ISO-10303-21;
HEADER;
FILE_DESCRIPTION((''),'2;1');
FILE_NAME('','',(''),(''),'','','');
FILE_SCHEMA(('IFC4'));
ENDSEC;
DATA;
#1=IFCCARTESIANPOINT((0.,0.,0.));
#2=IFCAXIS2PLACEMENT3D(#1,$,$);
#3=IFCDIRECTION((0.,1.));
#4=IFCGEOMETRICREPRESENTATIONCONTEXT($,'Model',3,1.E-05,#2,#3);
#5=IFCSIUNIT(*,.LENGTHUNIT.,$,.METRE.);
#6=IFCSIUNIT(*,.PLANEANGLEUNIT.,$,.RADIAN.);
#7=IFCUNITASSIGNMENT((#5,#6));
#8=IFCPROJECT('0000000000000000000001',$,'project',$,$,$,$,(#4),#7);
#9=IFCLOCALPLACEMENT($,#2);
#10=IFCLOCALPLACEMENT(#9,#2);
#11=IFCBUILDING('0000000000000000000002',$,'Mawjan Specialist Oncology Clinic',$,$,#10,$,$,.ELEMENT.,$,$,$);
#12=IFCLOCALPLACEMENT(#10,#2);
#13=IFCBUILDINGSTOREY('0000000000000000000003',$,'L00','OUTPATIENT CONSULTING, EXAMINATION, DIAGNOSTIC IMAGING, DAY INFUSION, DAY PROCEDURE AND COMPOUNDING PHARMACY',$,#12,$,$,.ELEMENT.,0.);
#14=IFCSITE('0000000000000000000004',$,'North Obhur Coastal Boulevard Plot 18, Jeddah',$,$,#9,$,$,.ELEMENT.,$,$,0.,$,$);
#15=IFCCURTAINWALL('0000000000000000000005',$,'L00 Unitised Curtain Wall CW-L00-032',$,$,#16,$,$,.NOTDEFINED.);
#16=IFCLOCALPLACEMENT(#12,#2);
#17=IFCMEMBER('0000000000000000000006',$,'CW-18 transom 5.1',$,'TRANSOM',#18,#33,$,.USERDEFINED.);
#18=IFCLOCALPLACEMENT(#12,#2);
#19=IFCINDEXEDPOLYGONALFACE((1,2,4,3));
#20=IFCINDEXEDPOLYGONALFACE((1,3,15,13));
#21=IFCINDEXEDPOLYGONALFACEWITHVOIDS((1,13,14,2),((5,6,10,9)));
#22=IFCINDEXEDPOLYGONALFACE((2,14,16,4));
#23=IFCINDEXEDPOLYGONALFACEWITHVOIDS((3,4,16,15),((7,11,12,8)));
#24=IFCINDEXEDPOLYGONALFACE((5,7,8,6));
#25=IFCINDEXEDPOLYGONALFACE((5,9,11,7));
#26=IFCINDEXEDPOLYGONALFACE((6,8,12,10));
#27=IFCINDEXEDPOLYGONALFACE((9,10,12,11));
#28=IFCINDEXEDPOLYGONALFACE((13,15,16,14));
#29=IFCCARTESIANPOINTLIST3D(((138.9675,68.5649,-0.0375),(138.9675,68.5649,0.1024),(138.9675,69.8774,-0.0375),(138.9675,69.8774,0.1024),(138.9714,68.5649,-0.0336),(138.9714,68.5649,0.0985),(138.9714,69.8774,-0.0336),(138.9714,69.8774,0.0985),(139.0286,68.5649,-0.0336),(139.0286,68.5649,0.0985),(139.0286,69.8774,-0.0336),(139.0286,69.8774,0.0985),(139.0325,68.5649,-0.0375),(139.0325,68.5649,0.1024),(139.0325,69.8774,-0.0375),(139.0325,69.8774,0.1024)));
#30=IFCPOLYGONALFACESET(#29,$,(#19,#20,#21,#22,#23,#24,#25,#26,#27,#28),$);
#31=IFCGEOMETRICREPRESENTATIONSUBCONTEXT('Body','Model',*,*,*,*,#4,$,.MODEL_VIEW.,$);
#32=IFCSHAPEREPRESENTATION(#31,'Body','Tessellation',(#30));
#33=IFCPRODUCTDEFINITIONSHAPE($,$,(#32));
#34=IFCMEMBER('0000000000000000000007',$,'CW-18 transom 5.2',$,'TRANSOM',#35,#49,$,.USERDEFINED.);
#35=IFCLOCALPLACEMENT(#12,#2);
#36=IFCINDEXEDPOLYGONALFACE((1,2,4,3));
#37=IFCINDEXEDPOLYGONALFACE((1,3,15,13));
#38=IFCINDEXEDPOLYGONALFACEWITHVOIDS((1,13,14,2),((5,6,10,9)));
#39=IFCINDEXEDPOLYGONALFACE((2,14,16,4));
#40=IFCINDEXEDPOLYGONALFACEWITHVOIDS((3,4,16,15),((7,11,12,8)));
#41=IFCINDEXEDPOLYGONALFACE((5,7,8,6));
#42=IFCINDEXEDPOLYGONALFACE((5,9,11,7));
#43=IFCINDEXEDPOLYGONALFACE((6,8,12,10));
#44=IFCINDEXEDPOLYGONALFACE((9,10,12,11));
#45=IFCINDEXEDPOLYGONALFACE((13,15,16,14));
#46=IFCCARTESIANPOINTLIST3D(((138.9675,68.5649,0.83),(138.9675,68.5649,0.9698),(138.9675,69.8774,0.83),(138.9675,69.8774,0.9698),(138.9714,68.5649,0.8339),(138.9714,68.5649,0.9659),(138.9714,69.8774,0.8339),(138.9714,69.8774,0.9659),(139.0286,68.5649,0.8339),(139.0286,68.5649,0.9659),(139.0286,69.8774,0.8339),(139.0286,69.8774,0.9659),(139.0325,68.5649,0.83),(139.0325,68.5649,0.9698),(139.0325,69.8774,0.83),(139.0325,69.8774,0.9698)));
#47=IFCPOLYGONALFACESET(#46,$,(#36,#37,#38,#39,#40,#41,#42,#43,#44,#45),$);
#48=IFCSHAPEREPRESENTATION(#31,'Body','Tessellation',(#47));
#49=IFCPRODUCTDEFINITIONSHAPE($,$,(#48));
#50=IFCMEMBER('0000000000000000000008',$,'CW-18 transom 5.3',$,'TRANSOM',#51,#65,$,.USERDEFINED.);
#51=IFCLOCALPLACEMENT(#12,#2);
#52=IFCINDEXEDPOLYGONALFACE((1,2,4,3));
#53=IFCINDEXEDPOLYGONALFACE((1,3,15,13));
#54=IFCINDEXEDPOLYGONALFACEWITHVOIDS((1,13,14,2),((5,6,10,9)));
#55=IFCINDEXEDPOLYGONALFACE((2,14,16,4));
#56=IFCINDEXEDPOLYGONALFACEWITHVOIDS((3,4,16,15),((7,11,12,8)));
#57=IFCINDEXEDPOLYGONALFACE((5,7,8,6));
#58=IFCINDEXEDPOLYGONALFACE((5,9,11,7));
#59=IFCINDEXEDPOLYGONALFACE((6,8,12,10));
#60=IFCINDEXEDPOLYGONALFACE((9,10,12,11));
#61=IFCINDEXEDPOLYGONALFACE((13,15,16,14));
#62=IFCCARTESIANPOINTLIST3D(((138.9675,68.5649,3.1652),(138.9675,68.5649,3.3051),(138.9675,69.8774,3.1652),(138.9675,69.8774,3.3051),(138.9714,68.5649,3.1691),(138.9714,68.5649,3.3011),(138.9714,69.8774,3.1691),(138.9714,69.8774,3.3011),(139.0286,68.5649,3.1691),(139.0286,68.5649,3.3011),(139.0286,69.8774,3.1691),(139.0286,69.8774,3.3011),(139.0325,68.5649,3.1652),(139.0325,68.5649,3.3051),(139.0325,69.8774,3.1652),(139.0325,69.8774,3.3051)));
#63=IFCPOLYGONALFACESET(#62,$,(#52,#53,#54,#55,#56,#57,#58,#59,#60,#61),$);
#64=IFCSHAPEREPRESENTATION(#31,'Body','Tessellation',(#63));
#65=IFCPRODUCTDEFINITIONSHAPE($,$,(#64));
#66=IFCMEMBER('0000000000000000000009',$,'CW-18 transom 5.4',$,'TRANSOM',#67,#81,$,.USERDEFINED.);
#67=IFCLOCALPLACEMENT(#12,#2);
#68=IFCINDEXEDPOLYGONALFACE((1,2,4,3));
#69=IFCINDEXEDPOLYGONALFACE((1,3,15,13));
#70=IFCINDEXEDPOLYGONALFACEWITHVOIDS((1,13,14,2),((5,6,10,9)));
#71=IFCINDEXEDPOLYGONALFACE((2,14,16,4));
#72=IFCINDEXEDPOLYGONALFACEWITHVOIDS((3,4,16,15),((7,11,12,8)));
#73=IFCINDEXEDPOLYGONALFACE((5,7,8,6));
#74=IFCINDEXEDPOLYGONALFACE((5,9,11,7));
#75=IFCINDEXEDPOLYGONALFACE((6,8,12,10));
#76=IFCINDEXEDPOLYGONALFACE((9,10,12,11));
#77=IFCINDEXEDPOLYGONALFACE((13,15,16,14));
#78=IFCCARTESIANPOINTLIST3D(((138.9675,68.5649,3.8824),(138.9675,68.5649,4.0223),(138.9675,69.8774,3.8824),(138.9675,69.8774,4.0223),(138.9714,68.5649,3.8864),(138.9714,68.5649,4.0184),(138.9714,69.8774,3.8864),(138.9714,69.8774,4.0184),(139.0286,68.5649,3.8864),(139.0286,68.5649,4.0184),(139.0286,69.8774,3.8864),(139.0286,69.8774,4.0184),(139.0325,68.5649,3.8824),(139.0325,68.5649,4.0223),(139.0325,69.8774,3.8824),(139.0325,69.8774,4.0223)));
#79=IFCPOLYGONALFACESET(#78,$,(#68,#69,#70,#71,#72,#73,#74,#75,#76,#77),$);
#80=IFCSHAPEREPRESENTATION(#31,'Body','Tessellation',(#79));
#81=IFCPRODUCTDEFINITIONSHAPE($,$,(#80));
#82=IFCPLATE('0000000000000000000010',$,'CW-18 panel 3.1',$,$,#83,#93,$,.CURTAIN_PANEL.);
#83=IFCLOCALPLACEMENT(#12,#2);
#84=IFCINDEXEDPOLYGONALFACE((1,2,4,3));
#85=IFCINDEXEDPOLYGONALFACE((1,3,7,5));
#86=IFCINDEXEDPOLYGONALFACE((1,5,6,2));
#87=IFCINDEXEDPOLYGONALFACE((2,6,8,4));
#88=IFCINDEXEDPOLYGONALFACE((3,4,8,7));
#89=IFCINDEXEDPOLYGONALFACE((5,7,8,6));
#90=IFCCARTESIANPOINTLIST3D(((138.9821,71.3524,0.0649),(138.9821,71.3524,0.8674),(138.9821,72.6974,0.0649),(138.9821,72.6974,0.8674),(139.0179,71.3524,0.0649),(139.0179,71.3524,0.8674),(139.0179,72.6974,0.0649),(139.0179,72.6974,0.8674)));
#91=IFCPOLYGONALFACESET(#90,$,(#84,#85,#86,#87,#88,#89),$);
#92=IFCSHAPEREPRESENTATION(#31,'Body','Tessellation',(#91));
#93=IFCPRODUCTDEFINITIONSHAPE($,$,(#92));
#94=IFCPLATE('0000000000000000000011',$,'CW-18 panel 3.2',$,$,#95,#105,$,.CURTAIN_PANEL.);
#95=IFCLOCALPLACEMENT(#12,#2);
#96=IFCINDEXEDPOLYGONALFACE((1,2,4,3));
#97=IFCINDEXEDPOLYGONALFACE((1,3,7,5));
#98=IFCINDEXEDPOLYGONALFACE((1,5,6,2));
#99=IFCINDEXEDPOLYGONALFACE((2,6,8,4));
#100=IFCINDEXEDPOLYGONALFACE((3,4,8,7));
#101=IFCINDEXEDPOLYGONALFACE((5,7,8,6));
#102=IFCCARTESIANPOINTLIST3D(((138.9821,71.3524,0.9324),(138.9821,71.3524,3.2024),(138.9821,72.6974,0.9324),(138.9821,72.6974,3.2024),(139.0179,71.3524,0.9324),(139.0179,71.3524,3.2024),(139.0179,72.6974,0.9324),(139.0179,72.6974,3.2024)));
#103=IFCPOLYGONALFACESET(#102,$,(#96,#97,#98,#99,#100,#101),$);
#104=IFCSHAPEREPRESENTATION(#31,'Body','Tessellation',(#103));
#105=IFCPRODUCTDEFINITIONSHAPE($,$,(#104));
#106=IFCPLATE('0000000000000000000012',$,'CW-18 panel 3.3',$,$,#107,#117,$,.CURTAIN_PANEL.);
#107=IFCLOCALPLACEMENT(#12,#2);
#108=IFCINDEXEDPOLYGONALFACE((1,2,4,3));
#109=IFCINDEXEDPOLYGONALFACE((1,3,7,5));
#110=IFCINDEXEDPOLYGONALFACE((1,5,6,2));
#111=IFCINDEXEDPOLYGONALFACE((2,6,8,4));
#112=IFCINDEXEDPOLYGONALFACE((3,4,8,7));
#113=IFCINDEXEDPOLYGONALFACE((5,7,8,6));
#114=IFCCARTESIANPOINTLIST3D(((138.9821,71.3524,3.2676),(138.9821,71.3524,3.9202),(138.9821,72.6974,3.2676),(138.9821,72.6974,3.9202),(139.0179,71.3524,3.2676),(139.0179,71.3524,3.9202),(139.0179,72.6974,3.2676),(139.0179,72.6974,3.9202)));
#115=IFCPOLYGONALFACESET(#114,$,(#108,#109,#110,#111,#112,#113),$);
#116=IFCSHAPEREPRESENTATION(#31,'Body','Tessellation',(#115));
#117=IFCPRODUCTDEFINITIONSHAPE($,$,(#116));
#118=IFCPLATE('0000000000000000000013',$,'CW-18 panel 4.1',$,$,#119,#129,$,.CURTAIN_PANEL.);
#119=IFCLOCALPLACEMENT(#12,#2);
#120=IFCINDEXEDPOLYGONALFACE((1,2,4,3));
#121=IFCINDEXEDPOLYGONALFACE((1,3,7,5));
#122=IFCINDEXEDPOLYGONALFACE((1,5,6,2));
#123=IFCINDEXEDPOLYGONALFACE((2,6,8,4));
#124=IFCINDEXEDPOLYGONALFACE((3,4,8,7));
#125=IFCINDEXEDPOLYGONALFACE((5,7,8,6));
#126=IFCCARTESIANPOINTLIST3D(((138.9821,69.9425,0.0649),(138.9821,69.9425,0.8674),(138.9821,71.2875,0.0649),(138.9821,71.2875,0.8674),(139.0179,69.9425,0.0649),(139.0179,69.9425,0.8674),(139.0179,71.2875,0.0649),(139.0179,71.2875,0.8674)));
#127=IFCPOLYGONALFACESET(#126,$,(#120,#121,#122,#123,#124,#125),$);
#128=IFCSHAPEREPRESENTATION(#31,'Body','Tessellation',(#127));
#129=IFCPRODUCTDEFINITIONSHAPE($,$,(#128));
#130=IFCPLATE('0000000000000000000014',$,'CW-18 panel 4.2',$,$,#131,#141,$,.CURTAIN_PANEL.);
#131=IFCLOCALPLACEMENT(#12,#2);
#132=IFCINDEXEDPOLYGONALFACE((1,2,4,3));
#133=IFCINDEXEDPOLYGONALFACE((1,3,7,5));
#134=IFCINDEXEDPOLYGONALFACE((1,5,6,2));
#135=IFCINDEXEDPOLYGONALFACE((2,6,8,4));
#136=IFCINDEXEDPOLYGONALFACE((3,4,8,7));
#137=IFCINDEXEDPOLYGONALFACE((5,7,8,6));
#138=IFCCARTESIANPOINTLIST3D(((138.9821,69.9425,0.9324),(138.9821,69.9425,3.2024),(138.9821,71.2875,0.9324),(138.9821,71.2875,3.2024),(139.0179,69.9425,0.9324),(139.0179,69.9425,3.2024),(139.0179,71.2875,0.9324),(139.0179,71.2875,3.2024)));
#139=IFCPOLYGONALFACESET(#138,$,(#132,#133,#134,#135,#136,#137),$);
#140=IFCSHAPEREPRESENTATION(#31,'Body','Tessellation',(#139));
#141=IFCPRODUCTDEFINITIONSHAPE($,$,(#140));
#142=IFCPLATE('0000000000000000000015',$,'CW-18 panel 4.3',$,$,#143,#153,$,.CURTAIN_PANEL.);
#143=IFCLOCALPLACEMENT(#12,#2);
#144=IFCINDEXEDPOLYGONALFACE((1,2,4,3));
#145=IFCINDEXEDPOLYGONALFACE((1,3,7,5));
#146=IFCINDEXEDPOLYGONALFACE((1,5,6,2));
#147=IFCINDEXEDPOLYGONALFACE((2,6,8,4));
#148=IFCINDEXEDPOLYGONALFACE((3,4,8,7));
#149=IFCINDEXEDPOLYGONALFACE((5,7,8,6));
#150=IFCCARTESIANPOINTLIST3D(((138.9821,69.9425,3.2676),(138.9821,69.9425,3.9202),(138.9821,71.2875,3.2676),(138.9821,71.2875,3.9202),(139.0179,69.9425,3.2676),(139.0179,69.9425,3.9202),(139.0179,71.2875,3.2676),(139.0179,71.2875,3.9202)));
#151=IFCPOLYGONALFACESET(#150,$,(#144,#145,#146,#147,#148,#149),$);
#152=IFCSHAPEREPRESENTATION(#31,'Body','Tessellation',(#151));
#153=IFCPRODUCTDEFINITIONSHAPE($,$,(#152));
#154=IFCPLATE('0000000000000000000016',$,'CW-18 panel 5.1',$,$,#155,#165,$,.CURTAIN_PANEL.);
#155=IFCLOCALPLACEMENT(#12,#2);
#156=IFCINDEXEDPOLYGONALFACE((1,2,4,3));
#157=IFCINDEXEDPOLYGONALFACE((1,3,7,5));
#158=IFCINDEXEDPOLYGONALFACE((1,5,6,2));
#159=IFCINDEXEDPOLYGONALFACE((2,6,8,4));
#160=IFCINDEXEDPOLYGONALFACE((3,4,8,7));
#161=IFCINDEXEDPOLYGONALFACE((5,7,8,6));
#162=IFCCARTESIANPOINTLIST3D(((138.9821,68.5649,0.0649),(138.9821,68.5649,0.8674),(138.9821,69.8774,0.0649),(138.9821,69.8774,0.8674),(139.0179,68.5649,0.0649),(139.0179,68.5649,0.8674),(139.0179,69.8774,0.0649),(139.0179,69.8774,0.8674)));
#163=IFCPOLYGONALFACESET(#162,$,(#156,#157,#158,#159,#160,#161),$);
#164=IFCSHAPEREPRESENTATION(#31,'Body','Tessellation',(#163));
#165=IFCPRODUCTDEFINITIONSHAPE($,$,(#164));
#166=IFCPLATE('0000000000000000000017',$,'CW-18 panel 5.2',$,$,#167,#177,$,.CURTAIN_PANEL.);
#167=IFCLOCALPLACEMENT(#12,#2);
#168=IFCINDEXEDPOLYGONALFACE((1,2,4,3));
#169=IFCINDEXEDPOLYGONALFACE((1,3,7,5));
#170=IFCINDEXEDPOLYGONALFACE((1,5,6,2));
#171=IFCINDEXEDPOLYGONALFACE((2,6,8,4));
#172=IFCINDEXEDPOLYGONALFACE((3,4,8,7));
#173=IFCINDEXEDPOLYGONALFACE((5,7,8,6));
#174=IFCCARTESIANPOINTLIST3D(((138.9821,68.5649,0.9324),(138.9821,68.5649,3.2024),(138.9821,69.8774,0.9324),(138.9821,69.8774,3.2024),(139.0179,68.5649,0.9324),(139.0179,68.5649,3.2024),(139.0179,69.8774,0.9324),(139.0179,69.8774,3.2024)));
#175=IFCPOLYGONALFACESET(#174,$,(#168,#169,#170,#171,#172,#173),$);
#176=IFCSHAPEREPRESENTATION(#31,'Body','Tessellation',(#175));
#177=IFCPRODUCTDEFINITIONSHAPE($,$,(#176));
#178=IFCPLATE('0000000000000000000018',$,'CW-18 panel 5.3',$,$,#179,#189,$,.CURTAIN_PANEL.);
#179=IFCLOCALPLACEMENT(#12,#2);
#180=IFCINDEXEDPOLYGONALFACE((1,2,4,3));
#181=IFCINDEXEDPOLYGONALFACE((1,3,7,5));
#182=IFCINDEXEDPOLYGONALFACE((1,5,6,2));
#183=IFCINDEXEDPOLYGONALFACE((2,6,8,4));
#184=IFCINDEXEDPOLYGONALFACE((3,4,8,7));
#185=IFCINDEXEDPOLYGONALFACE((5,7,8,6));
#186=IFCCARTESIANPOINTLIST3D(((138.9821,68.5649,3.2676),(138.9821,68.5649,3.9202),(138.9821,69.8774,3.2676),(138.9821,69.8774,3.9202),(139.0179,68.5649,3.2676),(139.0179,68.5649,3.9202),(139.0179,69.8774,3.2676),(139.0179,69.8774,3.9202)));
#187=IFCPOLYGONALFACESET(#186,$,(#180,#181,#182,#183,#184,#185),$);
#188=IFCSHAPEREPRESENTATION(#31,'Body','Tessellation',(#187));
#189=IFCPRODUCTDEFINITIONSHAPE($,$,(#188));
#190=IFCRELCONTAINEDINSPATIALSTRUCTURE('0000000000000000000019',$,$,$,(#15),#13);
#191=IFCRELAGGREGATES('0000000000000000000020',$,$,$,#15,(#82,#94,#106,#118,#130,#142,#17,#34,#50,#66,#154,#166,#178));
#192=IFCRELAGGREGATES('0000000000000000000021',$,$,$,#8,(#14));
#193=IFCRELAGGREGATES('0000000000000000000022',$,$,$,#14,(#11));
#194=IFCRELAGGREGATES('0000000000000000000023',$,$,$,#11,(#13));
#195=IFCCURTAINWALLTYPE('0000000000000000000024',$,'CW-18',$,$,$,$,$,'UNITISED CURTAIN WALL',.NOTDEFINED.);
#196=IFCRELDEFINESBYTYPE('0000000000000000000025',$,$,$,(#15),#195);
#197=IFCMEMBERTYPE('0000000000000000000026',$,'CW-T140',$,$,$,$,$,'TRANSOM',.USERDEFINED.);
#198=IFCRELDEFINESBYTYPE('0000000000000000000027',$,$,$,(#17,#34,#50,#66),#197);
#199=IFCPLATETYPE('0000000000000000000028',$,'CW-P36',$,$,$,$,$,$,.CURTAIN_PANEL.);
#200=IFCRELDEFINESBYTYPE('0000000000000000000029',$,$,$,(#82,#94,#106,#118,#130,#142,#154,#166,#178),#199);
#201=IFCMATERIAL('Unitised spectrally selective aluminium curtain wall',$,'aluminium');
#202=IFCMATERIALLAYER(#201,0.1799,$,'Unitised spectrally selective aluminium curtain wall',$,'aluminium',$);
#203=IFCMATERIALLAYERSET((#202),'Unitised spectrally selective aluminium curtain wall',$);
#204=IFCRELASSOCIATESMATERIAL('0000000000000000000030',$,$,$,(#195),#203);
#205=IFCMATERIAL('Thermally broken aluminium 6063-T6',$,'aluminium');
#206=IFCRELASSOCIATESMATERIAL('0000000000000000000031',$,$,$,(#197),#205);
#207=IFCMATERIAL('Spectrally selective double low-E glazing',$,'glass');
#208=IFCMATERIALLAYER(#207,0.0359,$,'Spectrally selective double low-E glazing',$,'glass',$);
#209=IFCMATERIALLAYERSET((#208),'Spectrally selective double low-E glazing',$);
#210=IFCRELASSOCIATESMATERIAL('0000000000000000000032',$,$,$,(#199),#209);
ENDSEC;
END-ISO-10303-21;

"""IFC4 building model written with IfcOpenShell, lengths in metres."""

from ifc_helpers import new_model, si_unit, direction, frame, origin, origin_2d, place, context, subcontext, project, spatial, rectangle, hollow_rectangle, extrude, material, layer, layer_set, material_profile, profile_set, type_object, element, aggregate, save


model = new_model("IFC4")

# Units and contexts
model_context = context("Model", 3, precision=1e-05, world=origin(), true_north=direction((0.0, 1.0)))
body_context = subcontext(model_context, "Body", "Model", "MODEL_VIEW")
ifc_project = project(units=[si_unit("LENGTHUNIT", "METRE"), si_unit("PLANEANGLEUNIT", "RADIAN")], contexts=[model_context])

# Site, building, storey
site_placement = place(None, origin())
site = spatial("IfcSite", under=ifc_project, at=site_placement, Name="North Obhur Coastal Boulevard Plot 18, Jeddah", CompositionType="ELEMENT", RefElevation=0.0)
building_placement = place(site_placement, origin())
building = spatial("IfcBuilding", under=site, at=building_placement, Name="Mawjan Specialist Oncology Clinic", CompositionType="ELEMENT")
storey_placement = place(building_placement, origin())
storey = spatial("IfcBuildingStorey", under=building, at=storey_placement, Name="L00", Description="OUTPATIENT CONSULTING, EXAMINATION, DIAGNOSTIC IMAGING, DAY INFUSION, DAY PROCEDURE AND COMPOUNDING PHARMACY", CompositionType="ELEMENT", Elevation=0.0)

# Curtain wall, members, plates
ifc_material_1 = material(Name="Unitised spectrally selective aluminium curtain wall", Category="aluminium")
ifc_layer_1 = layer(ifc_material_1, 0.1799, Name="Unitised spectrally selective aluminium curtain wall", Category="aluminium")
ifc_layer_set_1 = layer_set([ifc_layer_1], Name="Unitised spectrally selective aluminium curtain wall")
curtain_wall_type = type_object("IfcCurtainWallType", Name="CW-18", ElementType="UNITISED CURTAIN WALL", PredefinedType="NOTDEFINED", material=ifc_layer_set_1)
curtain_wall_placement = place(storey_placement, origin())
curtain_wall = element("IfcCurtainWall", 1, at=curtain_wall_placement, inside=storey, type_object=curtain_wall_type, Name="L00 Unitised Curtain Wall CW-L00-032", PredefinedType="NOTDEFINED")
ifc_material_2 = material(Name="Thermally broken aluminium 6063-T6", Category="aluminium")
ifc_material_profile_1 = material_profile(ifc_material_2, hollow_rectangle(XDim=0.0649, YDim=0.1399, WallThickness=0.0039, at=origin_2d()), Name="ALU TRANSOM 140x65x4", Category="aluminium")
ifc_profile_set_1 = profile_set([ifc_material_profile_1], Name="Thermally broken aluminium 6063-T6")
member_type_1 = type_object("IfcMemberType", Name="CW-T140", ElementType="TRANSOM", PredefinedType="USERDEFINED", material=ifc_profile_set_1)
member_1_placement = place(storey_placement, frame((139.0, 69.8774, 0.0325), z_axis=(0.0, -1.0, 0.0), x_axis=(1.0, 0.0, 0.0)))
member_1 = element("IfcMember", 2, at=member_1_placement, type_object=member_type_1, Name="CW-18 transom 5.1", ObjectType="TRANSOM", PredefinedType="USERDEFINED", context=body_context, shape_type="SweptSolid", body=[
    extrude(hollow_rectangle(XDim=0.0649, YDim=0.1399, WallThickness=0.0039, at=origin_2d()), origin(), (0.0, 0.0, 1.0), 1.3125),
])
member_2_placement = place(storey_placement, frame((139.0, 69.8774, 0.8999), z_axis=(0.0, -1.0, 0.0), x_axis=(1.0, 0.0, 0.0)))
member_2 = element("IfcMember", 3, at=member_2_placement, type_object=member_type_1, Name="CW-18 transom 5.2", ObjectType="TRANSOM", PredefinedType="USERDEFINED", context=body_context, shape_type="SweptSolid", body=[
    extrude(hollow_rectangle(XDim=0.0649, YDim=0.1399, WallThickness=0.0039, at=origin_2d()), origin(), (0.0, 0.0, 1.0), 1.3125),
])
member_3_placement = place(storey_placement, frame((139.0, 69.8774, 3.2351), z_axis=(0.0, -1.0, 0.0), x_axis=(1.0, 0.0, 0.0)))
member_3 = element("IfcMember", 4, at=member_3_placement, type_object=member_type_1, Name="CW-18 transom 5.3", ObjectType="TRANSOM", PredefinedType="USERDEFINED", context=body_context, shape_type="SweptSolid", body=[
    extrude(hollow_rectangle(XDim=0.0649, YDim=0.1399, WallThickness=0.0039, at=origin_2d()), origin(), (0.0, 0.0, 1.0), 1.3125),
])
member_4_placement = place(storey_placement, frame((139.0, 69.8774, 3.9524), z_axis=(0.0, -1.0, 0.0), x_axis=(1.0, 0.0, 0.0)))
member_4 = element("IfcMember", 5, at=member_4_placement, type_object=member_type_1, Name="CW-18 transom 5.4", ObjectType="TRANSOM", PredefinedType="USERDEFINED", context=body_context, shape_type="SweptSolid", body=[
    extrude(hollow_rectangle(XDim=0.0649, YDim=0.1399, WallThickness=0.0039, at=origin_2d()), origin(), (0.0, 0.0, 1.0), 1.3125),
])
ifc_material_3 = material(Name="Spectrally selective double low-E glazing", Category="glass")
ifc_layer_2 = layer(ifc_material_3, 0.0359, Name="Spectrally selective double low-E glazing", Category="glass")
ifc_layer_set_2 = layer_set([ifc_layer_2], Name="Spectrally selective double low-E glazing")
plate_type = type_object("IfcPlateType", Name="CW-P36", PredefinedType="CURTAIN_PANEL", material=ifc_layer_set_2)
plate_1_placement = place(storey_placement, frame((139.0, 72.0249, 0.0649), z_axis=(0.0, 0.0, 1.0), x_axis=(0.0, -1.0, 0.0)))
plate_1 = element("IfcPlate", 6, at=plate_1_placement, type_object=plate_type, Name="CW-18 panel 3.1", PredefinedType="CURTAIN_PANEL", context=body_context, shape_type="SweptSolid", body=[
    extrude(rectangle(XDim=1.345, YDim=0.0359, at=origin_2d()), origin(), (0.0, 0.0, 1.0), 0.8025),
])
plate_2_placement = place(storey_placement, frame((139.0, 72.0249, 0.9324), z_axis=(0.0, 0.0, 1.0), x_axis=(0.0, -1.0, 0.0)))
plate_2 = element("IfcPlate", 7, at=plate_2_placement, type_object=plate_type, Name="CW-18 panel 3.2", PredefinedType="CURTAIN_PANEL", context=body_context, shape_type="SweptSolid", body=[
    extrude(rectangle(XDim=1.345, YDim=0.0359, at=origin_2d()), origin(), (0.0, 0.0, 1.0), 2.27),
])
plate_3_placement = place(storey_placement, frame((139.0, 72.0249, 3.2676), z_axis=(0.0, 0.0, 1.0), x_axis=(0.0, -1.0, 0.0)))
plate_3 = element("IfcPlate", 8, at=plate_3_placement, type_object=plate_type, Name="CW-18 panel 3.3", PredefinedType="CURTAIN_PANEL", context=body_context, shape_type="SweptSolid", body=[
    extrude(rectangle(XDim=1.345, YDim=0.0359, at=origin_2d()), origin(), (0.0, 0.0, 1.0), 0.6526),
])
plate_4_placement = place(storey_placement, frame((139.0, 70.615, 0.0649), z_axis=(0.0, 0.0, 1.0), x_axis=(0.0, -1.0, 0.0)))
plate_4 = element("IfcPlate", 9, at=plate_4_placement, type_object=plate_type, Name="CW-18 panel 4.1", PredefinedType="CURTAIN_PANEL", context=body_context, shape_type="SweptSolid", body=[
    extrude(rectangle(XDim=1.345, YDim=0.0359, at=origin_2d()), origin(), (0.0, 0.0, 1.0), 0.8025),
])
plate_5_placement = place(storey_placement, frame((139.0, 70.615, 0.9324), z_axis=(0.0, 0.0, 1.0), x_axis=(0.0, -1.0, 0.0)))
plate_5 = element("IfcPlate", 10, at=plate_5_placement, type_object=plate_type, Name="CW-18 panel 4.2", PredefinedType="CURTAIN_PANEL", context=body_context, shape_type="SweptSolid", body=[
    extrude(rectangle(XDim=1.345, YDim=0.0359, at=origin_2d()), origin(), (0.0, 0.0, 1.0), 2.27),
])
plate_6_placement = place(storey_placement, frame((139.0, 70.615, 3.2676), z_axis=(0.0, 0.0, 1.0), x_axis=(0.0, -1.0, 0.0)))
plate_6 = element("IfcPlate", 11, at=plate_6_placement, type_object=plate_type, Name="CW-18 panel 4.3", PredefinedType="CURTAIN_PANEL", context=body_context, shape_type="SweptSolid", body=[
    extrude(rectangle(XDim=1.345, YDim=0.0359, at=origin_2d()), origin(), (0.0, 0.0, 1.0), 0.6526),
])
plate_7_placement = place(storey_placement, frame((139.0, 69.2212, 0.0649), z_axis=(0.0, 0.0, 1.0), x_axis=(0.0, -1.0, 0.0)))
plate_7 = element("IfcPlate", 12, at=plate_7_placement, type_object=plate_type, Name="CW-18 panel 5.1", PredefinedType="CURTAIN_PANEL", context=body_context, shape_type="SweptSolid", body=[
    extrude(rectangle(XDim=1.3125, YDim=0.0359, at=origin_2d()), origin(), (0.0, 0.0, 1.0), 0.8025),
])
plate_8_placement = place(storey_placement, frame((139.0, 69.2212, 0.9324), z_axis=(0.0, 0.0, 1.0), x_axis=(0.0, -1.0, 0.0)))
plate_8 = element("IfcPlate", 13, at=plate_8_placement, type_object=plate_type, Name="CW-18 panel 5.2", PredefinedType="CURTAIN_PANEL", context=body_context, shape_type="SweptSolid", body=[
    extrude(rectangle(XDim=1.3125, YDim=0.0359, at=origin_2d()), origin(), (0.0, 0.0, 1.0), 2.27),
])
plate_9_placement = place(storey_placement, frame((139.0, 69.2212, 3.2676), z_axis=(0.0, 0.0, 1.0), x_axis=(0.0, -1.0, 0.0)))
plate_9 = element("IfcPlate", 14, at=plate_9_placement, type_object=plate_type, Name="CW-18 panel 5.3", PredefinedType="CURTAIN_PANEL", context=body_context, shape_type="SweptSolid", body=[
    extrude(rectangle(XDim=1.3125, YDim=0.0359, at=origin_2d()), origin(), (0.0, 0.0, 1.0), 0.6526),
])
aggregate(curtain_wall, [plate_1, plate_2, plate_3, plate_4, plate_5, plate_6, member_1, member_2, member_3, member_4, plate_7, plate_8, plate_9])

save(model, "model.ifc")
